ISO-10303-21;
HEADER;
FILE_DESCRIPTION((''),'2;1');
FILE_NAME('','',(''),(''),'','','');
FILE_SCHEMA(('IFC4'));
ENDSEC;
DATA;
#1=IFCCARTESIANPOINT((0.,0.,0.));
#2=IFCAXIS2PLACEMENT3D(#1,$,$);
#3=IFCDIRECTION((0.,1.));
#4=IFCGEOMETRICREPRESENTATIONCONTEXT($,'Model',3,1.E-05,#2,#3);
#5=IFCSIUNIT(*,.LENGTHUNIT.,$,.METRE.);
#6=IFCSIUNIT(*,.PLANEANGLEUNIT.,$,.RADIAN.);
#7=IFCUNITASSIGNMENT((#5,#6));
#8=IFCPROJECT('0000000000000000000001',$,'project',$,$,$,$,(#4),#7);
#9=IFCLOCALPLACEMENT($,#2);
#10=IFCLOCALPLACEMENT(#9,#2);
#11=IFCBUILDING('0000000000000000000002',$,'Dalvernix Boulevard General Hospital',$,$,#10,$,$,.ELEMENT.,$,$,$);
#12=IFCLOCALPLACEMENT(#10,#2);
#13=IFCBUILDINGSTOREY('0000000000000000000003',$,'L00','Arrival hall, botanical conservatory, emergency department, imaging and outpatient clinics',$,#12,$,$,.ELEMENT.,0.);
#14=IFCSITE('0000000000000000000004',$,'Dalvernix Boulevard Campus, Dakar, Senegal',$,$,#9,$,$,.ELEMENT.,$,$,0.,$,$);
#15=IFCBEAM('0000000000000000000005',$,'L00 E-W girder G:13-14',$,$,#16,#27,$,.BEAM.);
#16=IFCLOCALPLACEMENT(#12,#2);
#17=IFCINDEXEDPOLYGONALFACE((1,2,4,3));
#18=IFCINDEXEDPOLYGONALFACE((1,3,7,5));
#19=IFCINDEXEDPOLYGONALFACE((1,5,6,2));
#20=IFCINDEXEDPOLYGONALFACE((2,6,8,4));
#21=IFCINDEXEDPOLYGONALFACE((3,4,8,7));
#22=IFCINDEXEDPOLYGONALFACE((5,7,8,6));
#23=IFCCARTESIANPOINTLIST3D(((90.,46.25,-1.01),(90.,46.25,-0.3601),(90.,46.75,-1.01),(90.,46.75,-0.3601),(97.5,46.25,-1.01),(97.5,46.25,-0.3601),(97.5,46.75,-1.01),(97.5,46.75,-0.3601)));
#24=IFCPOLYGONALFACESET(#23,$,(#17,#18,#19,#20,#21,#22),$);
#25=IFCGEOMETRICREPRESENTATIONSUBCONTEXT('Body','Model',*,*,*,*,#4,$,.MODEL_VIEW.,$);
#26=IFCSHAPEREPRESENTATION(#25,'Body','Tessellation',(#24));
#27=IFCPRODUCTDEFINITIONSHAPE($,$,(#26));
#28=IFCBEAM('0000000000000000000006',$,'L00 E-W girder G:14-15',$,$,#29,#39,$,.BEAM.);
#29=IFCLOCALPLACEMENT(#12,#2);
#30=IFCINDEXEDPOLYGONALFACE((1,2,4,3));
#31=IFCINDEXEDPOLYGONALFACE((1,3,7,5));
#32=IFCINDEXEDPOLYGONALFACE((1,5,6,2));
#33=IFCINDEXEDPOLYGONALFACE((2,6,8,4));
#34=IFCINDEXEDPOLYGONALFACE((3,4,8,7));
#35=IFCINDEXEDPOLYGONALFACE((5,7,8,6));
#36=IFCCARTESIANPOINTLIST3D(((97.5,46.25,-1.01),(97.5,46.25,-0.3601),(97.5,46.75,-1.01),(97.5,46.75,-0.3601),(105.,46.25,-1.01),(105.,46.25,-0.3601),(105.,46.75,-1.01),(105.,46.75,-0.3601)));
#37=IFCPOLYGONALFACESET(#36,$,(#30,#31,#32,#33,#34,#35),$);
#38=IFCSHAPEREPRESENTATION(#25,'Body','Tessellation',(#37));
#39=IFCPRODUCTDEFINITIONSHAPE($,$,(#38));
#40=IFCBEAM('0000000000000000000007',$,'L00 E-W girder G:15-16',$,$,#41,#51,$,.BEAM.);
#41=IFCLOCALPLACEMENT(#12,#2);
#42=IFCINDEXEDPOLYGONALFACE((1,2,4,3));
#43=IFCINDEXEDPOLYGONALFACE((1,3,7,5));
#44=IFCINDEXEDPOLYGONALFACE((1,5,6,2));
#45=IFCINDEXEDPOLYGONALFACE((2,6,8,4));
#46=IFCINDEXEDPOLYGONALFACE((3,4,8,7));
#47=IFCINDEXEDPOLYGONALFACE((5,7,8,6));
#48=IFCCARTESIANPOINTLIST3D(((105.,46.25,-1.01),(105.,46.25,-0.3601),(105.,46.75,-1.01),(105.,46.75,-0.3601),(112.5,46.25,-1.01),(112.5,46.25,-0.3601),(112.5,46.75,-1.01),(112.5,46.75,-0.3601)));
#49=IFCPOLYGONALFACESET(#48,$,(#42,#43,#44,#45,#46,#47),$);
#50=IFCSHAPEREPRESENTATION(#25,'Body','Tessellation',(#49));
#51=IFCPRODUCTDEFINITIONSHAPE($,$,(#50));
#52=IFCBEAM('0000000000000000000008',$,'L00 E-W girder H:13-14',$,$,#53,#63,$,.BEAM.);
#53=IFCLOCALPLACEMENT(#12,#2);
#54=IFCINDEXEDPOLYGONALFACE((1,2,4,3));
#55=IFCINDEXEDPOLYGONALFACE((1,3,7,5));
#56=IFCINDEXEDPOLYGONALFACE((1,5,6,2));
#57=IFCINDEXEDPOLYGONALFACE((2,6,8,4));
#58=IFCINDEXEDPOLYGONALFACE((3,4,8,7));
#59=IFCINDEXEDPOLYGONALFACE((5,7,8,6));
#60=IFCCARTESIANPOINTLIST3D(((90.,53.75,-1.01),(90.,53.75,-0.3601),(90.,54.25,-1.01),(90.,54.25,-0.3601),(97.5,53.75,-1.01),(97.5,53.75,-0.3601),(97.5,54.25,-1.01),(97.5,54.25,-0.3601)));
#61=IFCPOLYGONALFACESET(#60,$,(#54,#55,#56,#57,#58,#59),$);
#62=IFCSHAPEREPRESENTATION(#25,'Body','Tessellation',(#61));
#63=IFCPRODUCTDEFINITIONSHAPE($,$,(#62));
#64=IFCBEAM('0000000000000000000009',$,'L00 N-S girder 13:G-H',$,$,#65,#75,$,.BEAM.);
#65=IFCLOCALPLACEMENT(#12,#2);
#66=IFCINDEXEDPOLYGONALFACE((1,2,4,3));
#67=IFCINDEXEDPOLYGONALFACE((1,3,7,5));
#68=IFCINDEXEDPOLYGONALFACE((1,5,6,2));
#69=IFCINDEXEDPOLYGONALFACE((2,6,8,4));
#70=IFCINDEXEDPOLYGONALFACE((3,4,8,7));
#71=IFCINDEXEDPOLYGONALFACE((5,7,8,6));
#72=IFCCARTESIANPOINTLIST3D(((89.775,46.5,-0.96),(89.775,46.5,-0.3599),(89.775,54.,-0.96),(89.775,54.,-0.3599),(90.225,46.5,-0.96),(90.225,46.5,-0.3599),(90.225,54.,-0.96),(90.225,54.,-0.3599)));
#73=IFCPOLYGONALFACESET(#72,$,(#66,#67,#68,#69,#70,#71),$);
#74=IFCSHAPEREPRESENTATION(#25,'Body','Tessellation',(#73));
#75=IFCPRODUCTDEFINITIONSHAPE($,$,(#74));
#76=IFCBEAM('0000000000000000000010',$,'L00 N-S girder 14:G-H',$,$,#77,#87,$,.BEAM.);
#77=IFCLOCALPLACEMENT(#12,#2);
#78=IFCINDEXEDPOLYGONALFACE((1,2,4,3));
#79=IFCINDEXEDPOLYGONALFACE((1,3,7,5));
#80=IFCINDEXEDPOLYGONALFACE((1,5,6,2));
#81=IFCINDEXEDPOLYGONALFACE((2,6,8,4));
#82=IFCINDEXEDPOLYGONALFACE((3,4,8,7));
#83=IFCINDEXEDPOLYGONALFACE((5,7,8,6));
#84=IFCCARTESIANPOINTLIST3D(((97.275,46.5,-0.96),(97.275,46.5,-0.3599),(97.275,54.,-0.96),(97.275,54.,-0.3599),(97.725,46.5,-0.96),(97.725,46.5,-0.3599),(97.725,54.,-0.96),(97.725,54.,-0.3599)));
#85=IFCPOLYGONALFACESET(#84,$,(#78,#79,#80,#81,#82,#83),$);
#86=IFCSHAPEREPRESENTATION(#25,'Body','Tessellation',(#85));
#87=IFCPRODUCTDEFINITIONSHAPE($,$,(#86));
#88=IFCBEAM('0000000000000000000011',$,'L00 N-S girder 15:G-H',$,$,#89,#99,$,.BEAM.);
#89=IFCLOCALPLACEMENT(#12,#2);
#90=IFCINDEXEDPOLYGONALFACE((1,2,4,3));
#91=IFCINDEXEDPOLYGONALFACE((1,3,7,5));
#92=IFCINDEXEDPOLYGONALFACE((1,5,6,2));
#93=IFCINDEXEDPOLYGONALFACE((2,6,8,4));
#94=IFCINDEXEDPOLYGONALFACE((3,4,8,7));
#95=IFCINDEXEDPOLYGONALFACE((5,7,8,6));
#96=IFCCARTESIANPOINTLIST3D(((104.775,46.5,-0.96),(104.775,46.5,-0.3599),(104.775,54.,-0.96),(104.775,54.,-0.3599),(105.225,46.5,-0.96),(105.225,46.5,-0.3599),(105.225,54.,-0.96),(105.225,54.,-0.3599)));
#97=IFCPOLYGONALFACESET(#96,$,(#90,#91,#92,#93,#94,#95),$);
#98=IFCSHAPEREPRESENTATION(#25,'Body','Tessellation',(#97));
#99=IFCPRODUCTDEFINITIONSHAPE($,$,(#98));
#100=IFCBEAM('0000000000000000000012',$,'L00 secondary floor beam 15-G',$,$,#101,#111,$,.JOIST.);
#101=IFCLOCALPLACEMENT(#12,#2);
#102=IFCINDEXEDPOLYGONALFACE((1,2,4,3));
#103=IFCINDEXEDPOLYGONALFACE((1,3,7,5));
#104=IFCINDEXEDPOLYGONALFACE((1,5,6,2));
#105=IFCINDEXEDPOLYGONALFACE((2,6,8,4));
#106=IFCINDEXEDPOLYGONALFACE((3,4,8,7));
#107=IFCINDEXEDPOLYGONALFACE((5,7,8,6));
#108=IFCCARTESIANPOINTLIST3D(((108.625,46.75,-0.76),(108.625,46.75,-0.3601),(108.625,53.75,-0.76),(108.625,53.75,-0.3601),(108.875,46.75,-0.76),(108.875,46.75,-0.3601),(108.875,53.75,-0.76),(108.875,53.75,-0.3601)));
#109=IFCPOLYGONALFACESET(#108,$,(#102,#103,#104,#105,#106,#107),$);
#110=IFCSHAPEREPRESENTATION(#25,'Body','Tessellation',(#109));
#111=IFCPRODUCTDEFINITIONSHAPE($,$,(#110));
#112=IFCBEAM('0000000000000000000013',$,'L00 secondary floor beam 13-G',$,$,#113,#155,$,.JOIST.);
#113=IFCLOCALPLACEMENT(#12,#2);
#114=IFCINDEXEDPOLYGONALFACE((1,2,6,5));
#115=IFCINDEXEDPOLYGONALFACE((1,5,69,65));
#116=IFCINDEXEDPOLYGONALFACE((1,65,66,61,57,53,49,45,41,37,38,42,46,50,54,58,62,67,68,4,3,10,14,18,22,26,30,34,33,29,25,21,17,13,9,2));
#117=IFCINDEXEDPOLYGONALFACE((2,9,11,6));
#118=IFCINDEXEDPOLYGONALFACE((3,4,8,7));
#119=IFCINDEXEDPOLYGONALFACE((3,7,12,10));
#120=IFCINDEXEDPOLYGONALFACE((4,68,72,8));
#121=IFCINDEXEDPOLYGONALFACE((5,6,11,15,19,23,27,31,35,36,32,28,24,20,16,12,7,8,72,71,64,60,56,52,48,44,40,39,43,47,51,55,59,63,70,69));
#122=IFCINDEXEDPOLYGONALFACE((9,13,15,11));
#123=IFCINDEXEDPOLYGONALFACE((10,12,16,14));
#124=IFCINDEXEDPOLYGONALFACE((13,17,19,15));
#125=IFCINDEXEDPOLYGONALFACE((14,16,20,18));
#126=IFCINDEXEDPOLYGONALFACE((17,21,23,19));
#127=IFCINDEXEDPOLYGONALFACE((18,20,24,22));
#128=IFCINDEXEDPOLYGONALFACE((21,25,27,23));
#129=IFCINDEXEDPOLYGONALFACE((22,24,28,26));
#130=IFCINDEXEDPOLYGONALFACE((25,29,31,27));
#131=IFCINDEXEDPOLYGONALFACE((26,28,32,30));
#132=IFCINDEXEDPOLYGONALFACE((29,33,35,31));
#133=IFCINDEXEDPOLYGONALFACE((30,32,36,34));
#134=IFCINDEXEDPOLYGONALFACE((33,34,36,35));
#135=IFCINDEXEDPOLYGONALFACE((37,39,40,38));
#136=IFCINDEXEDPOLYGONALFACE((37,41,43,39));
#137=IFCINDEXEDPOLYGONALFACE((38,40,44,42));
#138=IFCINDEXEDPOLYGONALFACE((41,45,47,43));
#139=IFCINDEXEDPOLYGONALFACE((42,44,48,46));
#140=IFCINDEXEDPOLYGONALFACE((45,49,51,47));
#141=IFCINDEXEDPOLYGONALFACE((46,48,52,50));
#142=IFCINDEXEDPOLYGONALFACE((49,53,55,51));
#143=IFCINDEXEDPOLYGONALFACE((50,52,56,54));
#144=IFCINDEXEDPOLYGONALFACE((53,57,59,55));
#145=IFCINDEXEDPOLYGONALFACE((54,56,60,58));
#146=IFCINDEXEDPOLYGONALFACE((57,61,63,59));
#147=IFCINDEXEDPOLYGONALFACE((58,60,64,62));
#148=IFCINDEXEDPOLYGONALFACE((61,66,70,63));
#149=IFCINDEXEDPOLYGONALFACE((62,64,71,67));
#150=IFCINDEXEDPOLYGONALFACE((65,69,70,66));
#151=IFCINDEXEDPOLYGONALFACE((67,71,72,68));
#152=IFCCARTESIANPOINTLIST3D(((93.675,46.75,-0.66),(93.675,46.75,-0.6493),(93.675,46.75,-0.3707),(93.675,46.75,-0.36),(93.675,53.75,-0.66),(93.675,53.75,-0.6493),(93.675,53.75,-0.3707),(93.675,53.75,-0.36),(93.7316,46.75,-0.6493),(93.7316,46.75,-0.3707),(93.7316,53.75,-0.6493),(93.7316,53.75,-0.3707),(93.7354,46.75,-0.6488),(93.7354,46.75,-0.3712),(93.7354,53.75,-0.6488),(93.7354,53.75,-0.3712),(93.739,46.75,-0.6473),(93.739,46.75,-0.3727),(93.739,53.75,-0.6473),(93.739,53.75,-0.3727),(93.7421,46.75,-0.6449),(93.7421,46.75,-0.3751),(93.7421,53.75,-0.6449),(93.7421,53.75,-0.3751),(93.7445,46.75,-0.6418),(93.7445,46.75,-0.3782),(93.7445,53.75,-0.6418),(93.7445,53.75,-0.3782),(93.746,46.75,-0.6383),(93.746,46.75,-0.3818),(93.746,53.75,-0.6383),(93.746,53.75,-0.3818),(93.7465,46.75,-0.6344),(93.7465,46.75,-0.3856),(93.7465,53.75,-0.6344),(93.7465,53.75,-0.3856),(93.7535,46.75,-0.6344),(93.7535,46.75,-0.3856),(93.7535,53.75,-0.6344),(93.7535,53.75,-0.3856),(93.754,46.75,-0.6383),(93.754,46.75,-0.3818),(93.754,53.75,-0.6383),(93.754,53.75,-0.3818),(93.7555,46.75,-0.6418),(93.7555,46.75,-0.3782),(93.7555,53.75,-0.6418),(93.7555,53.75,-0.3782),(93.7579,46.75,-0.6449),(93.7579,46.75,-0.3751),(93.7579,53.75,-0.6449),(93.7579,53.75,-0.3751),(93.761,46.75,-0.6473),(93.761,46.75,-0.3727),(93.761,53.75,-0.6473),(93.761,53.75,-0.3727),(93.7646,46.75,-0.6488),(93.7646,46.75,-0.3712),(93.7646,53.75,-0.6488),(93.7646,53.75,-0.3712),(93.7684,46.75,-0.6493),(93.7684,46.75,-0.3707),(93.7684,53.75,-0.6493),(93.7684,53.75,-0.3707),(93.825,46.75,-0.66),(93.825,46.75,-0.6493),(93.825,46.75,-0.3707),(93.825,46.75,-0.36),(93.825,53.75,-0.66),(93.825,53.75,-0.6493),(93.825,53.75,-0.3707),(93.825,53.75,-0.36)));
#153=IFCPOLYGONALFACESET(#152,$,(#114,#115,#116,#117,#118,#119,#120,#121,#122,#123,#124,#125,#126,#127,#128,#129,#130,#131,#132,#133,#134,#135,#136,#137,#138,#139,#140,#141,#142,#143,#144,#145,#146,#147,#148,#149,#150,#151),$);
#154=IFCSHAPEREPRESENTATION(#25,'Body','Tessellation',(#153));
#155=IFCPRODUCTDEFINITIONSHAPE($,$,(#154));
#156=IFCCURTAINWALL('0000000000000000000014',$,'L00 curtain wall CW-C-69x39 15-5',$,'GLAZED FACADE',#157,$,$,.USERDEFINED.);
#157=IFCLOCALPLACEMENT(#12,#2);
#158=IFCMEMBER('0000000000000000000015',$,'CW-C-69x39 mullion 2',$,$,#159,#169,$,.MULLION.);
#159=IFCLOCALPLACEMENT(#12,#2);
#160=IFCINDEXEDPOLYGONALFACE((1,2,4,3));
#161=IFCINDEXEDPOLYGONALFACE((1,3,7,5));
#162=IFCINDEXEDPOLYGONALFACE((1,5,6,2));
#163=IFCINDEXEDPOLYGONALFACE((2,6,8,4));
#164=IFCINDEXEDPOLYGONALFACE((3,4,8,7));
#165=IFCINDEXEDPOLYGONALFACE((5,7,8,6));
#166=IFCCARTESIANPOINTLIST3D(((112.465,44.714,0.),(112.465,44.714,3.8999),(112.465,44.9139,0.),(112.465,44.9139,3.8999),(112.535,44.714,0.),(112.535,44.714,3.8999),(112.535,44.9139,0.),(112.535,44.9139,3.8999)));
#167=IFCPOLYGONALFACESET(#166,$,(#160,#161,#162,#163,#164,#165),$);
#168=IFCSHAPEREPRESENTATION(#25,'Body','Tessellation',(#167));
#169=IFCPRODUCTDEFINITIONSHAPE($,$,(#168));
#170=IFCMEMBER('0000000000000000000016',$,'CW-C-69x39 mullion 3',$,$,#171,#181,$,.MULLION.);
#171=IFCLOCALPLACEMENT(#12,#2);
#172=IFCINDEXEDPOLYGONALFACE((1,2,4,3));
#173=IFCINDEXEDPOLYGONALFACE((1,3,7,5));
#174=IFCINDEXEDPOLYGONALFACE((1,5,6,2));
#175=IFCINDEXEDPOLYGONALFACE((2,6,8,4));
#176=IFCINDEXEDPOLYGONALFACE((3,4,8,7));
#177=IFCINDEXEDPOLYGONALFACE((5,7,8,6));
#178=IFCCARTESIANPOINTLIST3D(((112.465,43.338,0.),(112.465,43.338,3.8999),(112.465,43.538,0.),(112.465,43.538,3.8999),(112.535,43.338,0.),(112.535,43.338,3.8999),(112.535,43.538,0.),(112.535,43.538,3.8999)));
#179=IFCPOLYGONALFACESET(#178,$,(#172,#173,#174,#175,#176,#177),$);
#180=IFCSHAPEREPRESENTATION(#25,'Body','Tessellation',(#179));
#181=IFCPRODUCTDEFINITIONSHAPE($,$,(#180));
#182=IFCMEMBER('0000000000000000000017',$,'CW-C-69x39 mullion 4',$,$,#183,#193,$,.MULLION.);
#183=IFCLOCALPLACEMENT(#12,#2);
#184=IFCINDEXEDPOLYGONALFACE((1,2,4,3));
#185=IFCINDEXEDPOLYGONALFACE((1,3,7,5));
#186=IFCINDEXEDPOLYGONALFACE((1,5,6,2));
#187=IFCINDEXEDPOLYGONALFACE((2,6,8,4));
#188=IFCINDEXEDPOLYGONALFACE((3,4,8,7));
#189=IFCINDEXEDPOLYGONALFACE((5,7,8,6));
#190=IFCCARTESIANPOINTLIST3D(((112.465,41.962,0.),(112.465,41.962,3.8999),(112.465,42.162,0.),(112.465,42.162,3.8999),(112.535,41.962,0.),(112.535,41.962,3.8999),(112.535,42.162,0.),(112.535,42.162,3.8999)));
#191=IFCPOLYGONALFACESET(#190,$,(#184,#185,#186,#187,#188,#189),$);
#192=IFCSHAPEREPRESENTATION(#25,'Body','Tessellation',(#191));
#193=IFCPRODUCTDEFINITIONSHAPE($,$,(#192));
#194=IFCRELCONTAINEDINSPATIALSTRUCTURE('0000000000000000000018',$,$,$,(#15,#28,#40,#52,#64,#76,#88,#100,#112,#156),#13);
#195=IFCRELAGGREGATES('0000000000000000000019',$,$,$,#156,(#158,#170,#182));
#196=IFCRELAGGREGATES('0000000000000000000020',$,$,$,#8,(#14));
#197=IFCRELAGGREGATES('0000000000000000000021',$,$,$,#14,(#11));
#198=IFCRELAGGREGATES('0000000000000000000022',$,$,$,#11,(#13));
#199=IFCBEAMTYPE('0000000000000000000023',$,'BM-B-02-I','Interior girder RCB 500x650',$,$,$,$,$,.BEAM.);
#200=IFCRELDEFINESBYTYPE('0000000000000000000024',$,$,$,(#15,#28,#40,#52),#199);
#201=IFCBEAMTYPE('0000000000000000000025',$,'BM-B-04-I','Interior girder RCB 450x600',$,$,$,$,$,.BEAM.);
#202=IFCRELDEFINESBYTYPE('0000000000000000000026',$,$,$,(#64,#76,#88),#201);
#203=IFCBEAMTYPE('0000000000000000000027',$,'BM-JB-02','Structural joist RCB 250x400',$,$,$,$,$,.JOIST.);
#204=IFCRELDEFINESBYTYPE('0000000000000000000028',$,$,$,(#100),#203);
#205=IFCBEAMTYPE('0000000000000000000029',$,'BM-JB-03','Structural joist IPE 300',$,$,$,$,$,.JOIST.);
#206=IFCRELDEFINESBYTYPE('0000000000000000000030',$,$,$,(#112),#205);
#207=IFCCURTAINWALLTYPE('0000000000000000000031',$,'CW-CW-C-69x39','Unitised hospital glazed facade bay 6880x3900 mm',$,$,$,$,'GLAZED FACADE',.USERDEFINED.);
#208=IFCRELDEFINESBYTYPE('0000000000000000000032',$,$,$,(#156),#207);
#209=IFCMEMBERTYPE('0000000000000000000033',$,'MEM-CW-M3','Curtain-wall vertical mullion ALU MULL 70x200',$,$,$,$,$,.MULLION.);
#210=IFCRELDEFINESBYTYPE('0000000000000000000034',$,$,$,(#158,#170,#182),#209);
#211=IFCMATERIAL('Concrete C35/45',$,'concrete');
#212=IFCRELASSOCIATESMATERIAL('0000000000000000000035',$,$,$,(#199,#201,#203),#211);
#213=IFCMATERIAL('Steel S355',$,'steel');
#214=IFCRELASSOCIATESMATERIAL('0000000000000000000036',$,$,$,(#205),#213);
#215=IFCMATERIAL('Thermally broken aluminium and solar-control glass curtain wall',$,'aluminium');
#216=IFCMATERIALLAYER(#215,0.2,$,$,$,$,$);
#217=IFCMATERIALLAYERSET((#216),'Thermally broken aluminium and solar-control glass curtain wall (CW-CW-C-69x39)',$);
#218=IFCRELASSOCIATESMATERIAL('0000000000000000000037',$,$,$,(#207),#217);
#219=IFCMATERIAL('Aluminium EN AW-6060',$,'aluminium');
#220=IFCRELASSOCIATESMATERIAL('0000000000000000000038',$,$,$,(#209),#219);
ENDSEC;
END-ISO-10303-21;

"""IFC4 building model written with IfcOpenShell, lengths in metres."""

from ifc_helpers import new_model, si_unit, direction, frame, origin, origin_2d, place, context, subcontext, project, spatial, rectangle, i_section, extrude, material, layer, layer_set, material_profile, profile_set, type_object, element, aggregate, save


model = new_model("IFC4")

# Units and contexts
model_context = context("Model", 3, precision=1e-05, world=origin(), true_north=direction((0.0, 1.0)))
body_context = subcontext(model_context, "Body", "Model", "MODEL_VIEW")
ifc_project = project(units=[si_unit("LENGTHUNIT", "METRE"), si_unit("PLANEANGLEUNIT", "RADIAN")], contexts=[model_context])

# Site, building, storey
site_placement = place(None, origin())
site = spatial("IfcSite", under=ifc_project, at=site_placement, Name="Dalvernix Boulevard Campus, Dakar, Senegal", CompositionType="ELEMENT", RefElevation=0.0)
building_placement = place(site_placement, origin())
building = spatial("IfcBuilding", under=site, at=building_placement, Name="Dalvernix Boulevard General Hospital", CompositionType="ELEMENT")
storey_placement = place(building_placement, origin())
storey = spatial("IfcBuildingStorey", under=building, at=storey_placement, Name="L00", Description="Arrival hall, botanical conservatory, emergency department, imaging and outpatient clinics", CompositionType="ELEMENT", Elevation=0.0)

# Beams
ifc_material_1 = material(Name="Concrete C35/45", Category="concrete")
ifc_material_profile_1 = material_profile(ifc_material_1, rectangle(XDim=0.5, YDim=0.6499, at=origin_2d()), Name="RCB 500x650")
ifc_profile_set_1 = profile_set([ifc_material_profile_1], Name="Concrete C35/45")
beam_type_1 = type_object("IfcBeamType", Name="BM-B-02-I", Description="Interior girder RCB 500x650", PredefinedType="BEAM", material=ifc_profile_set_1)
for number, where, z_axis, x_axis, name in (
    (1, (90.0, 46.5, -0.6851), (1.0, 0.0, 0.0), (0.0, 1.0, 0.0), "L00 E-W girder G:13-14"),
    (2, (97.5, 46.5, -0.6851), (1.0, 0.0, 0.0), (0.0, 1.0, 0.0), "L00 E-W girder G:14-15"),
    (3, (105.0, 46.5, -0.6851), (1.0, 0.0, 0.0), (0.0, 1.0, 0.0), "L00 E-W girder G:15-16"),
    (4, (90.0, 54.0, -0.6851), (1.0, 0.0, 0.0), (0.0, 1.0, 0.0), "L00 E-W girder H:13-14"),
):
    element("IfcBeam", number, at=place(storey_placement, frame(where, z_axis=z_axis, x_axis=x_axis)), inside=storey, type_object=beam_type_1, Name=name, PredefinedType="BEAM", context=body_context, shape_type="SweptSolid", body=[
        extrude(rectangle(XDim=0.5, YDim=0.6499, at=origin_2d()), origin(), (0.0, 0.0, 1.0), 7.5),
    ])
ifc_material_profile_2 = material_profile(ifc_material_1, rectangle(XDim=0.45, YDim=0.6001, at=origin_2d()), Name="RCB 450x600")
ifc_profile_set_2 = profile_set([ifc_material_profile_2], Name="Concrete C35/45")
beam_type_2 = type_object("IfcBeamType", Name="BM-B-04-I", Description="Interior girder RCB 450x600", PredefinedType="BEAM", material=ifc_profile_set_2)
for number, where, z_axis, x_axis, name in (
    (5, (90.0, 46.5, -0.6599), (0.0, 1.0, 0.0), (-1.0, 0.0, 0.0), "L00 N-S girder 13:G-H"),
    (6, (97.5, 46.5, -0.6599), (0.0, 1.0, 0.0), (-1.0, 0.0, 0.0), "L00 N-S girder 14:G-H"),
    (7, (105.0, 46.5, -0.6599), (0.0, 1.0, 0.0), (-1.0, 0.0, 0.0), "L00 N-S girder 15:G-H"),
):
    element("IfcBeam", number, at=place(storey_placement, frame(where, z_axis=z_axis, x_axis=x_axis)), inside=storey, type_object=beam_type_2, Name=name, PredefinedType="BEAM", context=body_context, shape_type="SweptSolid", body=[
        extrude(rectangle(XDim=0.45, YDim=0.6001, at=origin_2d()), origin(), (0.0, 0.0, 1.0), 7.5),
    ])
ifc_material_profile_3 = material_profile(ifc_material_1, rectangle(XDim=0.25, YDim=0.3999, at=origin_2d()), Name="RCB 250x400")
ifc_profile_set_3 = profile_set([ifc_material_profile_3], Name="Concrete C35/45")
beam_type_3 = type_object("IfcBeamType", Name="BM-JB-02", Description="Structural joist RCB 250x400", PredefinedType="JOIST", material=ifc_profile_set_3)
beam_1_placement = place(storey_placement, frame((108.75, 46.75, -0.5601), z_axis=(0.0, 1.0, 0.0), x_axis=(-1.0, 0.0, 0.0)))
element("IfcBeam", 8, at=beam_1_placement, inside=storey, type_object=beam_type_3, Name="L00 secondary floor beam 15-G", PredefinedType="JOIST", context=body_context, shape_type="SweptSolid", body=[
    extrude(rectangle(XDim=0.25, YDim=0.3999, at=origin_2d()), origin(), (0.0, 0.0, 1.0), 7.0),
])
ifc_material_2 = material(Name="Steel S355", Category="steel")
ifc_material_profile_4 = material_profile(ifc_material_2, i_section(OverallWidth=0.1499, OverallDepth=0.3, WebThickness=0.0071, FlangeThickness=0.0107, FilletRadius=0.0149, at=origin_2d()), Name="IPE 300")
ifc_profile_set_4 = profile_set([ifc_material_profile_4], Name="Steel S355")
beam_type_4 = type_object("IfcBeamType", Name="BM-JB-03", Description="Structural joist IPE 300", PredefinedType="JOIST", material=ifc_profile_set_4)
beam_2_placement = place(storey_placement, frame((93.75, 46.75, -0.51), z_axis=(0.0, 1.0, 0.0), x_axis=(-1.0, 0.0, 0.0)))
element("IfcBeam", 9, at=beam_2_placement, inside=storey, type_object=beam_type_4, Name="L00 secondary floor beam 13-G", PredefinedType="JOIST", context=body_context, shape_type="SweptSolid", body=[
    extrude(i_section(OverallWidth=0.1499, OverallDepth=0.3, WebThickness=0.0071, FlangeThickness=0.0107, FilletRadius=0.0149, at=origin_2d()), origin(), (0.0, 0.0, 1.0), 7.0),
])

# Curtain wall, members
ifc_material_3 = material(Name="Thermally broken aluminium and solar-control glass curtain wall", Category="aluminium")
ifc_layer_1 = layer(ifc_material_3, 0.2)
ifc_layer_set_1 = layer_set([ifc_layer_1], Name="Thermally broken aluminium and solar-control glass curtain wall (CW-CW-C-69x39)")
curtain_wall_type = type_object("IfcCurtainWallType", Name="CW-CW-C-69x39", Description="Unitised hospital glazed facade bay 6880x3900 mm", ElementType="GLAZED FACADE", PredefinedType="USERDEFINED", material=ifc_layer_set_1)
curtain_wall_placement = place(storey_placement, origin())
curtain_wall = element("IfcCurtainWall", 10, at=curtain_wall_placement, inside=storey, type_object=curtain_wall_type, Name="L00 curtain wall CW-C-69x39 15-5", ObjectType="GLAZED FACADE", PredefinedType="USERDEFINED")
ifc_material_4 = material(Name="Aluminium EN AW-6060", Category="aluminium")
ifc_material_profile_5 = material_profile(ifc_material_4, rectangle(XDim=0.0701, YDim=0.2, at=origin_2d()), Name="ALU MULL 70x200")
ifc_profile_set_5 = profile_set([ifc_material_profile_5], Name="Aluminium EN AW-6060")
member_type_1 = type_object("IfcMemberType", Name="MEM-CW-M3", Description="Curtain-wall vertical mullion ALU MULL 70x200", PredefinedType="MULLION", material=ifc_profile_set_5)
member_1_placement = place(storey_placement, frame((112.5, 44.814, 0.0), z_axis=(0.0, 0.0, 1.0), x_axis=(1.0, 0.0, 0.0)))
member_1 = element("IfcMember", 11, at=member_1_placement, type_object=member_type_1, Name="CW-C-69x39 mullion 2", PredefinedType="MULLION", context=body_context, shape_type="SweptSolid", body=[
    extrude(rectangle(XDim=0.0701, YDim=0.2, at=origin_2d()), origin(), (0.0, 0.0, 1.0), 3.8999),
])
member_2_placement = place(storey_placement, frame((112.5, 43.438, 0.0), z_axis=(0.0, 0.0, 1.0), x_axis=(1.0, 0.0, 0.0)))
member_2 = element("IfcMember", 12, at=member_2_placement, type_object=member_type_1, Name="CW-C-69x39 mullion 3", PredefinedType="MULLION", context=body_context, shape_type="SweptSolid", body=[
    extrude(rectangle(XDim=0.0701, YDim=0.2, at=origin_2d()), origin(), (0.0, 0.0, 1.0), 3.8999),
])
member_3_placement = place(storey_placement, frame((112.5, 42.062, 0.0), z_axis=(0.0, 0.0, 1.0), x_axis=(1.0, 0.0, 0.0)))
member_3 = element("IfcMember", 13, at=member_3_placement, type_object=member_type_1, Name="CW-C-69x39 mullion 4", PredefinedType="MULLION", context=body_context, shape_type="SweptSolid", body=[
    extrude(rectangle(XDim=0.0701, YDim=0.2, at=origin_2d()), origin(), (0.0, 0.0, 1.0), 3.8999),
])
aggregate(curtain_wall, [member_1, member_2, member_3])

save(model, "model.ifc")
